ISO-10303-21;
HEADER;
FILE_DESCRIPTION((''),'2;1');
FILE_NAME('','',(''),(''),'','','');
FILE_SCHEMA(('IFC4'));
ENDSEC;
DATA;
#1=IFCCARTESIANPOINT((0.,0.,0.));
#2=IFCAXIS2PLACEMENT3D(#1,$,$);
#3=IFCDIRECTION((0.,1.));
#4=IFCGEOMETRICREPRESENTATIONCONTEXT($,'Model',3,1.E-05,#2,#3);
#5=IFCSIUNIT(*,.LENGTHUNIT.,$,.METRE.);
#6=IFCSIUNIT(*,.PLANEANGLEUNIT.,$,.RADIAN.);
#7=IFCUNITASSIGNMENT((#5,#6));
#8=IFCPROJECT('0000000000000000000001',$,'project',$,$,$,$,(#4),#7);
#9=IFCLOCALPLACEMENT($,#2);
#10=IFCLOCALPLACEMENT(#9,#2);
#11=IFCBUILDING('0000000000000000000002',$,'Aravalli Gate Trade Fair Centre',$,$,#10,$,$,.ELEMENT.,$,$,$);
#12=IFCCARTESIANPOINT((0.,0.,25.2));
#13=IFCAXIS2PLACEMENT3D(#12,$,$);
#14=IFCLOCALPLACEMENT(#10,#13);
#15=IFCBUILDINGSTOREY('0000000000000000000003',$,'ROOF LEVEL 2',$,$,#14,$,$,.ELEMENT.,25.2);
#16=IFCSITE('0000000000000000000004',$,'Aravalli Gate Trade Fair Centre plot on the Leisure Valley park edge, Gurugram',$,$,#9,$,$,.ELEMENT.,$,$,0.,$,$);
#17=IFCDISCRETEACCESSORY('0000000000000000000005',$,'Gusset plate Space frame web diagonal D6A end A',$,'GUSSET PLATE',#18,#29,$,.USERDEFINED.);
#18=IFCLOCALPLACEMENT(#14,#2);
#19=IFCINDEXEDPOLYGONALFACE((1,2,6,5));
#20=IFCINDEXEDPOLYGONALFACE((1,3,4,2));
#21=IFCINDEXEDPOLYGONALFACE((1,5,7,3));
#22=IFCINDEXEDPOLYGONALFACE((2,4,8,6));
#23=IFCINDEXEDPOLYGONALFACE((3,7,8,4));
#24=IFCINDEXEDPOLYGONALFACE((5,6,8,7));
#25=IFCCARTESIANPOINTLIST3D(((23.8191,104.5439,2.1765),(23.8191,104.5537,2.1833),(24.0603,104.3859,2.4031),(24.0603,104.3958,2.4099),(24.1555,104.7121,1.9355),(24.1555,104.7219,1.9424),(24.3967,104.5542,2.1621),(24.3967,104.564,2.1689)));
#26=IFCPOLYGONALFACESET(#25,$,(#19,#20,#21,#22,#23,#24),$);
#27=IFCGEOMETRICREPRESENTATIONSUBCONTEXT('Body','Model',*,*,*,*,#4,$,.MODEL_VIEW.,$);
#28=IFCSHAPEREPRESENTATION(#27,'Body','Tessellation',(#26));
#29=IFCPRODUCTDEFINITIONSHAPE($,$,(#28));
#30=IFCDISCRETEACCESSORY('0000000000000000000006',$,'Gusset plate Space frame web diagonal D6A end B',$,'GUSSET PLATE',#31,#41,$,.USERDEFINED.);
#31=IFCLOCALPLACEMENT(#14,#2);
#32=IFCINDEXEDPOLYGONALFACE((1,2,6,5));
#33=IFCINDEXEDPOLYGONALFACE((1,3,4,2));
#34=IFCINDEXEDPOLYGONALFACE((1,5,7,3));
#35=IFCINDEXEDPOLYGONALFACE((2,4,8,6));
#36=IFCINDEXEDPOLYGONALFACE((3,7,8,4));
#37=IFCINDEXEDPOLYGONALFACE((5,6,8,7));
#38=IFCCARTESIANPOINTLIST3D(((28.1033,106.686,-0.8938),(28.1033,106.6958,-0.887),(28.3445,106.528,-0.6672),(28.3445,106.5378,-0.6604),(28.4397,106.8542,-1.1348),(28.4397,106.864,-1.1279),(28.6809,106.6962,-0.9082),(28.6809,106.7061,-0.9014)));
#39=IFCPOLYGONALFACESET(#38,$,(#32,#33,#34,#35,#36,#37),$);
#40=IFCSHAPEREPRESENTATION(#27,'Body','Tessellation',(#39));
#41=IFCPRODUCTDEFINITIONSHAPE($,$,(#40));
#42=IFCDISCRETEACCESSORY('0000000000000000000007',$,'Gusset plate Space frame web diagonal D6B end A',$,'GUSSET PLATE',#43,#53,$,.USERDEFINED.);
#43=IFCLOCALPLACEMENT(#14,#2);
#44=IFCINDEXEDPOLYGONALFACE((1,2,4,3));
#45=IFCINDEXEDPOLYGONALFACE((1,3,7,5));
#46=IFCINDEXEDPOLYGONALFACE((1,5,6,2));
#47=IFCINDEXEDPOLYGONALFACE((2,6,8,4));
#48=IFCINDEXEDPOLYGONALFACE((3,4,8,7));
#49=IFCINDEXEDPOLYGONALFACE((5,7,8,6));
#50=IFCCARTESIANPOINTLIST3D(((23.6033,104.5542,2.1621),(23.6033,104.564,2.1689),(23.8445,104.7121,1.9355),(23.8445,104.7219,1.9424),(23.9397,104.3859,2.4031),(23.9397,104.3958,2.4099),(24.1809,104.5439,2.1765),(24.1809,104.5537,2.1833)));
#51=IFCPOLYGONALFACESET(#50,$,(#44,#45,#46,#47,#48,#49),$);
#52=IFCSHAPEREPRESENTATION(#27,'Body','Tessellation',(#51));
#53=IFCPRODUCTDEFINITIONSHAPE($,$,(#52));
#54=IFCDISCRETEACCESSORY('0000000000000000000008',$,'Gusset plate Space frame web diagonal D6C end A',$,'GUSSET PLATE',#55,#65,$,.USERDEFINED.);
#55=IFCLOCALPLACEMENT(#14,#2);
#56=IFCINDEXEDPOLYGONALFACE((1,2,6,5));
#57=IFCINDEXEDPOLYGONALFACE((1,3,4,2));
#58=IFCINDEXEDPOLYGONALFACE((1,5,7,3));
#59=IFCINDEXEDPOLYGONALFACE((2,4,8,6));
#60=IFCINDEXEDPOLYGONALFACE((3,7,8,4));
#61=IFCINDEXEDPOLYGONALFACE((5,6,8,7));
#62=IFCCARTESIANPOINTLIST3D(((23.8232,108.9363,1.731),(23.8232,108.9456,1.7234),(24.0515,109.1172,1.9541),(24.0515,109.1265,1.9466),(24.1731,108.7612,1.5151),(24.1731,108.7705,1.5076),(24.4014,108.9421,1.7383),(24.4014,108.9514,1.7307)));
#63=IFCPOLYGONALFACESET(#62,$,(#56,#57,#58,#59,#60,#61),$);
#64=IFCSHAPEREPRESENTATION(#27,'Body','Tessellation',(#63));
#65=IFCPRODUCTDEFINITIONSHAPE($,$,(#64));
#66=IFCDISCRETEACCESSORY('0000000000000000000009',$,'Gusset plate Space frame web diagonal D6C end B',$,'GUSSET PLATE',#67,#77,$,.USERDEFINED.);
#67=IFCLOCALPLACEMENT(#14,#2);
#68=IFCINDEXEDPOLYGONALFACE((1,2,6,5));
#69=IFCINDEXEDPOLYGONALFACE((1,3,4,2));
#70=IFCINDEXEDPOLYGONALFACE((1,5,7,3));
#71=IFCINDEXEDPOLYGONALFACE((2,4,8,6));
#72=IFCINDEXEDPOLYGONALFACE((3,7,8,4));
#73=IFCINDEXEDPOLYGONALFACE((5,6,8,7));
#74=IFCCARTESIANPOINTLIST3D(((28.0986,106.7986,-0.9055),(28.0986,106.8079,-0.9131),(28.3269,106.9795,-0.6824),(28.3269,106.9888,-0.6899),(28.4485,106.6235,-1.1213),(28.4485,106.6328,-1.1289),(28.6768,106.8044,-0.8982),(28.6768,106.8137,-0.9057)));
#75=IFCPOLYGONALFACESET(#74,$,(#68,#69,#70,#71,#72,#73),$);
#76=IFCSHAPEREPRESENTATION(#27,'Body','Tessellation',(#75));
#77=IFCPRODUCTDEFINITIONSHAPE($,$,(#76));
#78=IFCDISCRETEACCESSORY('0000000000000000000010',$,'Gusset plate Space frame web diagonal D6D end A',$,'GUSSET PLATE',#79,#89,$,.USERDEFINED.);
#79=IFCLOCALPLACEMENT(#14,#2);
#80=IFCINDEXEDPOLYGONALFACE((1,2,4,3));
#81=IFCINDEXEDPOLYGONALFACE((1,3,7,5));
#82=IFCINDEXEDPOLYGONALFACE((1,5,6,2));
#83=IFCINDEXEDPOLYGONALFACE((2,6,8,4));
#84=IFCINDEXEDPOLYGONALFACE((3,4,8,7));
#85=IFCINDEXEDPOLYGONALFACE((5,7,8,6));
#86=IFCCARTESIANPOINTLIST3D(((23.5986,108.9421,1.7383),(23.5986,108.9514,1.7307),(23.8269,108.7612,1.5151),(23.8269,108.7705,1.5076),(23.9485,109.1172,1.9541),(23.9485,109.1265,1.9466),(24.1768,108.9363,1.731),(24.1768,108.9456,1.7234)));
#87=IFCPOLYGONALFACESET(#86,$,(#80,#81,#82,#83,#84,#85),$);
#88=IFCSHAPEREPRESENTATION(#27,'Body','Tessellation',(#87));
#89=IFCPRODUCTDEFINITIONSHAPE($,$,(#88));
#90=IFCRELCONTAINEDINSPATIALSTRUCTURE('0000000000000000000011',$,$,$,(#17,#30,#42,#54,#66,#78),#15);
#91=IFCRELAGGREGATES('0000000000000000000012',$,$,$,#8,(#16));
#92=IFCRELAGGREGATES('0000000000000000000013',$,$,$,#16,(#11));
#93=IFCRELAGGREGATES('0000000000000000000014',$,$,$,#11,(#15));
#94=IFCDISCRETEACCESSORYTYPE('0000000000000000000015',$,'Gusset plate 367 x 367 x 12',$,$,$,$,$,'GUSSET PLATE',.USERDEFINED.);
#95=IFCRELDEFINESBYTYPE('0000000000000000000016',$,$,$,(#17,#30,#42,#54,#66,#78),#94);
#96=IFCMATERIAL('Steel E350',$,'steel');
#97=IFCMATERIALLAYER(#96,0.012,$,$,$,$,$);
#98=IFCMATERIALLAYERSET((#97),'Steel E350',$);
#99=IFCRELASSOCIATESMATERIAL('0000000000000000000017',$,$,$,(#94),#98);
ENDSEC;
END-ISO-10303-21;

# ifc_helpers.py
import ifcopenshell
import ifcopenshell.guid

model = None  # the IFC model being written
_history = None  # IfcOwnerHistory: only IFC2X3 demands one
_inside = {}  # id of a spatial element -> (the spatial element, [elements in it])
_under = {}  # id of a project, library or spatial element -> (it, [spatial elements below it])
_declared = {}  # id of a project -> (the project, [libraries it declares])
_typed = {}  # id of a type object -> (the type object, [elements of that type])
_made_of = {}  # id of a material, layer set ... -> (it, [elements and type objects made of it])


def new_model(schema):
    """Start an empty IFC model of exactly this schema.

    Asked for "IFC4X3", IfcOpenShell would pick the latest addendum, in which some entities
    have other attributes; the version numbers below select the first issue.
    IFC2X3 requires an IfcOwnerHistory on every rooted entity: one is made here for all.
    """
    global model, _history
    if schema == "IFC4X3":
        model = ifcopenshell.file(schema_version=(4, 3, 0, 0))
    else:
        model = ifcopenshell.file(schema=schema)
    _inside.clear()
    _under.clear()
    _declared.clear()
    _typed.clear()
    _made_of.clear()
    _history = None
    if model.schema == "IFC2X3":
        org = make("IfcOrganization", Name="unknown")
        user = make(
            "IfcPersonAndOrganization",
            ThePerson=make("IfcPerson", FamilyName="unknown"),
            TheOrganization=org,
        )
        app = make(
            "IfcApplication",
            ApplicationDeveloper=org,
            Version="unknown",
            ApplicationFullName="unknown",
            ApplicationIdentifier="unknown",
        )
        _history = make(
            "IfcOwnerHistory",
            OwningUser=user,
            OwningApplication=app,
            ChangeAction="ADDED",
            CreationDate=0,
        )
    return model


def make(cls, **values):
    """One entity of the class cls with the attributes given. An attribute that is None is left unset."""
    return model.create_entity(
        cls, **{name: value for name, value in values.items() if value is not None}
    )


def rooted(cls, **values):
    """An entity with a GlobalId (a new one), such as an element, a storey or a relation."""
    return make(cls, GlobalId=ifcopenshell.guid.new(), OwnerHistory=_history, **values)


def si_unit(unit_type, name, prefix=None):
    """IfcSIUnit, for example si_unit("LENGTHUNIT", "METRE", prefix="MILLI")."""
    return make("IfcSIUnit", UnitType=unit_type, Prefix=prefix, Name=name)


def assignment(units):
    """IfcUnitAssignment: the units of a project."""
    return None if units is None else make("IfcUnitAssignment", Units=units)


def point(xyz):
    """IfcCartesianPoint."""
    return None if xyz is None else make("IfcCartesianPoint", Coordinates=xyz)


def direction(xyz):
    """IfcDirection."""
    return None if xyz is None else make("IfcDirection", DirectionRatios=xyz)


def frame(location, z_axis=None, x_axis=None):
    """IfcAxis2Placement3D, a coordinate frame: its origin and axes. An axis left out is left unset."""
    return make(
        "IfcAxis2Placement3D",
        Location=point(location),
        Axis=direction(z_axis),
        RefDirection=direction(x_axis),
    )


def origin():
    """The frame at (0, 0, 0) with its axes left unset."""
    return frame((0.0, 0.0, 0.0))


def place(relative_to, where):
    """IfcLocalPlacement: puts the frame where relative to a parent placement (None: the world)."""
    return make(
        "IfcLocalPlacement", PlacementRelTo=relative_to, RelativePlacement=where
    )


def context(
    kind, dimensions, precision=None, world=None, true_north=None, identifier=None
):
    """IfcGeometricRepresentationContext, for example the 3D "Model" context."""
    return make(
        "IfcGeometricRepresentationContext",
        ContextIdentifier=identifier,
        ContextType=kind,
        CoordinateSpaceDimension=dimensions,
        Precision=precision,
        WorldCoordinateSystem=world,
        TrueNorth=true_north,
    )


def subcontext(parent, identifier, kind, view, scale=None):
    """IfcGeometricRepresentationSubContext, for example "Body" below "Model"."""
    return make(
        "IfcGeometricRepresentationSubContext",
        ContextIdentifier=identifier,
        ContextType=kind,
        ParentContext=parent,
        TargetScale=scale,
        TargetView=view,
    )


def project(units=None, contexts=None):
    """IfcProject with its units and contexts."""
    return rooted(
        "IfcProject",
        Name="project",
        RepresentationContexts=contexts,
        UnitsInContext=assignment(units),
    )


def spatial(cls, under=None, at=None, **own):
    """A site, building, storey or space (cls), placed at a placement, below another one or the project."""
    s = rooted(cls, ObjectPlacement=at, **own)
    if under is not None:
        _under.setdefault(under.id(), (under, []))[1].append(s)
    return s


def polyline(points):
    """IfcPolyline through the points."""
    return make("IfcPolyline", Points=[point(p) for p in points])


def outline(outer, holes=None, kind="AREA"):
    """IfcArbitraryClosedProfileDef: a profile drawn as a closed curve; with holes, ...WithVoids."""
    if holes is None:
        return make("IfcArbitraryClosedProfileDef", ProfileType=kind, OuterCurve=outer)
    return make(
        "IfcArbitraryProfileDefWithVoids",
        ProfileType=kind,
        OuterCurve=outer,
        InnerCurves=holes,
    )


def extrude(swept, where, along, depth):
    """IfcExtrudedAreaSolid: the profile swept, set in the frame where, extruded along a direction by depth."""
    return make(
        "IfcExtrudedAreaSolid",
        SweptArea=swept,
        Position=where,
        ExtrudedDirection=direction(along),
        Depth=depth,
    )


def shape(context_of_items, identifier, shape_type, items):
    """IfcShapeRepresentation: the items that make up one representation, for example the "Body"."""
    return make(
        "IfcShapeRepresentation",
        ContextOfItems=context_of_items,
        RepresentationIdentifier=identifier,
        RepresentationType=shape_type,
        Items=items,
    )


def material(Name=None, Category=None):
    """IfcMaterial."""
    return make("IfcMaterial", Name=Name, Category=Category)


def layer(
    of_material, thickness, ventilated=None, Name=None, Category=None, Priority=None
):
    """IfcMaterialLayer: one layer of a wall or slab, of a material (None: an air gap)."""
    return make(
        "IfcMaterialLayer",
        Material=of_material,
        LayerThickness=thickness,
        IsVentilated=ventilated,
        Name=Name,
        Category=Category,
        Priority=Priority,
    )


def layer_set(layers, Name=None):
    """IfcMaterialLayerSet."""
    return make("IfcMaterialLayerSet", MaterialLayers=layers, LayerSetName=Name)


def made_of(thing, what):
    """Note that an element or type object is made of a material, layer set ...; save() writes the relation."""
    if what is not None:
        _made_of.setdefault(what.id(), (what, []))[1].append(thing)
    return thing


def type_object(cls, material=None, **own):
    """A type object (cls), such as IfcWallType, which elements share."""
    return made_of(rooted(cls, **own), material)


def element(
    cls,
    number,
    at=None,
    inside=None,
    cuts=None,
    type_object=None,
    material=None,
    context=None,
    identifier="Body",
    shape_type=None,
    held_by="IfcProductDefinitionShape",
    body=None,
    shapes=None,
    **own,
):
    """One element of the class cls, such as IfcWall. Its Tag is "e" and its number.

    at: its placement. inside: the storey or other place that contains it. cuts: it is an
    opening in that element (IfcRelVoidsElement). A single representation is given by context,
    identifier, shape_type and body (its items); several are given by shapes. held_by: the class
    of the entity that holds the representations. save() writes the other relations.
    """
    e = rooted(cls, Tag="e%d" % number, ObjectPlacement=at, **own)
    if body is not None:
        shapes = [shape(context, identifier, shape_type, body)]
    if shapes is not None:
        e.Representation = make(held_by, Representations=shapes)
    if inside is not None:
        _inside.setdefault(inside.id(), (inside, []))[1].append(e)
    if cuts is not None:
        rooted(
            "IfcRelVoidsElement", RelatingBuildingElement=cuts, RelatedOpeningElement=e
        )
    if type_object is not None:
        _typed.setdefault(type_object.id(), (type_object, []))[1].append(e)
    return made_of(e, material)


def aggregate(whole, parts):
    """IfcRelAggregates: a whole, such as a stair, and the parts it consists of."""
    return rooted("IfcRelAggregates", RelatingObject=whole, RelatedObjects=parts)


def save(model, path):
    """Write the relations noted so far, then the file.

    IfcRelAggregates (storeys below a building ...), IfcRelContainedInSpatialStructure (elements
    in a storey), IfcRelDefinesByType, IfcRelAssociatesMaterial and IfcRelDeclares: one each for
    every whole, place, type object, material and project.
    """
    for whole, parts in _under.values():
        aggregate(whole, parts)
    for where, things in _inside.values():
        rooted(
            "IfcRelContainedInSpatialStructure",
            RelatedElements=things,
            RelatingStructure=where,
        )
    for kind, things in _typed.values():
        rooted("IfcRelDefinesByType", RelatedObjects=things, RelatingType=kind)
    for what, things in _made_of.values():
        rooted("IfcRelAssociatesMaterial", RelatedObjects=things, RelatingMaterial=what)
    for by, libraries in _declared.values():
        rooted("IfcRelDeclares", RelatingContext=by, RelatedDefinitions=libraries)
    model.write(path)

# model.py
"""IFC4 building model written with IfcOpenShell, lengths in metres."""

from ifc_helpers import new_model, si_unit, direction, frame, origin, place, context, subcontext, project, spatial, polyline, outline, extrude, material, layer, layer_set, type_object, element, save


model = new_model("IFC4")

# Units and contexts
model_context = context("Model", 3, precision=1e-05, world=origin(), true_north=direction((0.0, 1.0)))
body_context = subcontext(model_context, "Body", "Model", "MODEL_VIEW")
ifc_project = project(units=[si_unit("LENGTHUNIT", "METRE"), si_unit("PLANEANGLEUNIT", "RADIAN")], contexts=[model_context])

# Site, building, storey
site_placement = place(None, origin())
site = spatial("IfcSite", under=ifc_project, at=site_placement, Name="Aravalli Gate Trade Fair Centre plot on the Leisure Valley park edge, Gurugram", CompositionType="ELEMENT", RefElevation=0.0)
building_placement = place(site_placement, origin())
building = spatial("IfcBuilding", under=site, at=building_placement, Name="Aravalli Gate Trade Fair Centre", CompositionType="ELEMENT")
storey_placement = place(building_placement, frame((0.0, 0.0, 25.2)))
storey = spatial("IfcBuildingStorey", under=building, at=storey_placement, Name="ROOF LEVEL 2", CompositionType="ELEMENT", Elevation=25.2)

# Shared definitions
ifc_material_1 = material(Name="Steel E350", Category="steel")

# Discrete accessories
ifc_layer_1 = layer(ifc_material_1, 0.012)
ifc_layer_set_1 = layer_set([ifc_layer_1], Name="Steel E350")
discrete_accessory_type_1 = type_object("IfcDiscreteAccessoryType", Name="Gusset plate 367 x 367 x 12", ElementType="GUSSET PLATE", PredefinedType="USERDEFINED", material=ifc_layer_set_1)
discrete_accessory_1_placement = place(storey_placement, frame((24.1555, 104.7219, 1.9424), z_axis=(-0.000292, 0.820164, 0.572128), x_axis=(-0.753132, -0.376566, 0.539435)))
element("IfcDiscreteAccessory", 1, at=discrete_accessory_1_placement, inside=storey, type_object=discrete_accessory_type_1, Name="Gusset plate Space frame web diagonal D6A end A", ObjectType="GUSSET PLATE", PredefinedType="USERDEFINED", context=body_context, shape_type="SweptSolid", body=[
    extrude(outline(polyline([(0.0, 0.0), (0.4467, 0.0), (0.4467, 0.3667), (0.0, 0.3667), (0.0, 0.0)])), origin(), (0.0, 0.0, -1.0), 0.012),
])
discrete_accessory_2_placement = place(storey_placement, frame((28.1033, 106.6958, -0.887), z_axis=(-0.000292, 0.820164, 0.572128), x_axis=(0.753132, 0.376566, -0.539435)))
element("IfcDiscreteAccessory", 2, at=discrete_accessory_2_placement, inside=storey, type_object=discrete_accessory_type_1, Name="Gusset plate Space frame web diagonal D6A end B", ObjectType="GUSSET PLATE", PredefinedType="USERDEFINED", context=body_context, shape_type="SweptSolid", body=[
    extrude(outline(polyline([(0.0, 0.0), (0.4467, 0.0), (0.4467, -0.3667), (0.0, -0.3667), (0.0, 0.0)])), origin(), (0.0, 0.0, -1.0), 0.012),
])
discrete_accessory_3_placement = place(storey_placement, frame((23.6033, 104.564, 2.1689), z_axis=(0.000292, 0.820164, 0.572128), x_axis=(0.753132, -0.376566, 0.539435)))
element("IfcDiscreteAccessory", 3, at=discrete_accessory_3_placement, inside=storey, type_object=discrete_accessory_type_1, Name="Gusset plate Space frame web diagonal D6B end A", ObjectType="GUSSET PLATE", PredefinedType="USERDEFINED", context=body_context, shape_type="SweptSolid", body=[
    extrude(outline(polyline([(0.0, 0.0), (0.4467, 0.0), (0.4467, 0.3667), (0.0, 0.3667), (0.0, 0.0)])), origin(), (0.0, 0.0, -1.0), 0.012),
])
discrete_accessory_4_placement = place(storey_placement, frame((24.1731, 108.7612, 1.5151), z_axis=(-0.000107, -0.776736, 0.629826), x_axis=(-0.783044, 0.391795, 0.48305)))
element("IfcDiscreteAccessory", 4, at=discrete_accessory_4_placement, inside=storey, type_object=discrete_accessory_type_1, Name="Gusset plate Space frame web diagonal D6C end A", ObjectType="GUSSET PLATE", PredefinedType="USERDEFINED", context=body_context, shape_type="SweptSolid", body=[
    extrude(outline(polyline([(0.0, 0.0), (0.4468, 0.0), (0.4467, -0.3669), (-0.0001, -0.3669), (0.0, 0.0)])), origin(), (0.0, 0.0, -1.0), 0.012),
])
discrete_accessory_5_placement = place(storey_placement, frame((28.0986, 106.7986, -0.9055), z_axis=(-0.000107, -0.776736, 0.629826), x_axis=(0.783044, -0.391795, -0.48305)))
element("IfcDiscreteAccessory", 5, at=discrete_accessory_5_placement, inside=storey, type_object=discrete_accessory_type_1, Name="Gusset plate Space frame web diagonal D6C end B", ObjectType="GUSSET PLATE", PredefinedType="USERDEFINED", context=body_context, shape_type="SweptSolid", body=[
    extrude(outline(polyline([(0.0, 0.0), (0.4468, 0.0), (0.4469, 0.3669), (0.0001, 0.3669), (0.0, 0.0)])), origin(), (0.0, 0.0, -1.0), 0.012),
])
discrete_accessory_6_placement = place(storey_placement, frame((23.5986, 108.9421, 1.7383), z_axis=(0.000107, -0.776736, 0.629826), x_axis=(0.783044, 0.391795, 0.48305)))
element("IfcDiscreteAccessory", 6, at=discrete_accessory_6_placement, inside=storey, type_object=discrete_accessory_type_1, Name="Gusset plate Space frame web diagonal D6D end A", ObjectType="GUSSET PLATE", PredefinedType="USERDEFINED", context=body_context, shape_type="SweptSolid", body=[
    extrude(outline(polyline([(0.0, 0.0), (0.4468, 0.0), (0.4469, -0.3669), (0.0001, -0.3669), (0.0, 0.0)])), origin(), (0.0, 0.0, -1.0), 0.012),
])

save(model, "model.ifc")
